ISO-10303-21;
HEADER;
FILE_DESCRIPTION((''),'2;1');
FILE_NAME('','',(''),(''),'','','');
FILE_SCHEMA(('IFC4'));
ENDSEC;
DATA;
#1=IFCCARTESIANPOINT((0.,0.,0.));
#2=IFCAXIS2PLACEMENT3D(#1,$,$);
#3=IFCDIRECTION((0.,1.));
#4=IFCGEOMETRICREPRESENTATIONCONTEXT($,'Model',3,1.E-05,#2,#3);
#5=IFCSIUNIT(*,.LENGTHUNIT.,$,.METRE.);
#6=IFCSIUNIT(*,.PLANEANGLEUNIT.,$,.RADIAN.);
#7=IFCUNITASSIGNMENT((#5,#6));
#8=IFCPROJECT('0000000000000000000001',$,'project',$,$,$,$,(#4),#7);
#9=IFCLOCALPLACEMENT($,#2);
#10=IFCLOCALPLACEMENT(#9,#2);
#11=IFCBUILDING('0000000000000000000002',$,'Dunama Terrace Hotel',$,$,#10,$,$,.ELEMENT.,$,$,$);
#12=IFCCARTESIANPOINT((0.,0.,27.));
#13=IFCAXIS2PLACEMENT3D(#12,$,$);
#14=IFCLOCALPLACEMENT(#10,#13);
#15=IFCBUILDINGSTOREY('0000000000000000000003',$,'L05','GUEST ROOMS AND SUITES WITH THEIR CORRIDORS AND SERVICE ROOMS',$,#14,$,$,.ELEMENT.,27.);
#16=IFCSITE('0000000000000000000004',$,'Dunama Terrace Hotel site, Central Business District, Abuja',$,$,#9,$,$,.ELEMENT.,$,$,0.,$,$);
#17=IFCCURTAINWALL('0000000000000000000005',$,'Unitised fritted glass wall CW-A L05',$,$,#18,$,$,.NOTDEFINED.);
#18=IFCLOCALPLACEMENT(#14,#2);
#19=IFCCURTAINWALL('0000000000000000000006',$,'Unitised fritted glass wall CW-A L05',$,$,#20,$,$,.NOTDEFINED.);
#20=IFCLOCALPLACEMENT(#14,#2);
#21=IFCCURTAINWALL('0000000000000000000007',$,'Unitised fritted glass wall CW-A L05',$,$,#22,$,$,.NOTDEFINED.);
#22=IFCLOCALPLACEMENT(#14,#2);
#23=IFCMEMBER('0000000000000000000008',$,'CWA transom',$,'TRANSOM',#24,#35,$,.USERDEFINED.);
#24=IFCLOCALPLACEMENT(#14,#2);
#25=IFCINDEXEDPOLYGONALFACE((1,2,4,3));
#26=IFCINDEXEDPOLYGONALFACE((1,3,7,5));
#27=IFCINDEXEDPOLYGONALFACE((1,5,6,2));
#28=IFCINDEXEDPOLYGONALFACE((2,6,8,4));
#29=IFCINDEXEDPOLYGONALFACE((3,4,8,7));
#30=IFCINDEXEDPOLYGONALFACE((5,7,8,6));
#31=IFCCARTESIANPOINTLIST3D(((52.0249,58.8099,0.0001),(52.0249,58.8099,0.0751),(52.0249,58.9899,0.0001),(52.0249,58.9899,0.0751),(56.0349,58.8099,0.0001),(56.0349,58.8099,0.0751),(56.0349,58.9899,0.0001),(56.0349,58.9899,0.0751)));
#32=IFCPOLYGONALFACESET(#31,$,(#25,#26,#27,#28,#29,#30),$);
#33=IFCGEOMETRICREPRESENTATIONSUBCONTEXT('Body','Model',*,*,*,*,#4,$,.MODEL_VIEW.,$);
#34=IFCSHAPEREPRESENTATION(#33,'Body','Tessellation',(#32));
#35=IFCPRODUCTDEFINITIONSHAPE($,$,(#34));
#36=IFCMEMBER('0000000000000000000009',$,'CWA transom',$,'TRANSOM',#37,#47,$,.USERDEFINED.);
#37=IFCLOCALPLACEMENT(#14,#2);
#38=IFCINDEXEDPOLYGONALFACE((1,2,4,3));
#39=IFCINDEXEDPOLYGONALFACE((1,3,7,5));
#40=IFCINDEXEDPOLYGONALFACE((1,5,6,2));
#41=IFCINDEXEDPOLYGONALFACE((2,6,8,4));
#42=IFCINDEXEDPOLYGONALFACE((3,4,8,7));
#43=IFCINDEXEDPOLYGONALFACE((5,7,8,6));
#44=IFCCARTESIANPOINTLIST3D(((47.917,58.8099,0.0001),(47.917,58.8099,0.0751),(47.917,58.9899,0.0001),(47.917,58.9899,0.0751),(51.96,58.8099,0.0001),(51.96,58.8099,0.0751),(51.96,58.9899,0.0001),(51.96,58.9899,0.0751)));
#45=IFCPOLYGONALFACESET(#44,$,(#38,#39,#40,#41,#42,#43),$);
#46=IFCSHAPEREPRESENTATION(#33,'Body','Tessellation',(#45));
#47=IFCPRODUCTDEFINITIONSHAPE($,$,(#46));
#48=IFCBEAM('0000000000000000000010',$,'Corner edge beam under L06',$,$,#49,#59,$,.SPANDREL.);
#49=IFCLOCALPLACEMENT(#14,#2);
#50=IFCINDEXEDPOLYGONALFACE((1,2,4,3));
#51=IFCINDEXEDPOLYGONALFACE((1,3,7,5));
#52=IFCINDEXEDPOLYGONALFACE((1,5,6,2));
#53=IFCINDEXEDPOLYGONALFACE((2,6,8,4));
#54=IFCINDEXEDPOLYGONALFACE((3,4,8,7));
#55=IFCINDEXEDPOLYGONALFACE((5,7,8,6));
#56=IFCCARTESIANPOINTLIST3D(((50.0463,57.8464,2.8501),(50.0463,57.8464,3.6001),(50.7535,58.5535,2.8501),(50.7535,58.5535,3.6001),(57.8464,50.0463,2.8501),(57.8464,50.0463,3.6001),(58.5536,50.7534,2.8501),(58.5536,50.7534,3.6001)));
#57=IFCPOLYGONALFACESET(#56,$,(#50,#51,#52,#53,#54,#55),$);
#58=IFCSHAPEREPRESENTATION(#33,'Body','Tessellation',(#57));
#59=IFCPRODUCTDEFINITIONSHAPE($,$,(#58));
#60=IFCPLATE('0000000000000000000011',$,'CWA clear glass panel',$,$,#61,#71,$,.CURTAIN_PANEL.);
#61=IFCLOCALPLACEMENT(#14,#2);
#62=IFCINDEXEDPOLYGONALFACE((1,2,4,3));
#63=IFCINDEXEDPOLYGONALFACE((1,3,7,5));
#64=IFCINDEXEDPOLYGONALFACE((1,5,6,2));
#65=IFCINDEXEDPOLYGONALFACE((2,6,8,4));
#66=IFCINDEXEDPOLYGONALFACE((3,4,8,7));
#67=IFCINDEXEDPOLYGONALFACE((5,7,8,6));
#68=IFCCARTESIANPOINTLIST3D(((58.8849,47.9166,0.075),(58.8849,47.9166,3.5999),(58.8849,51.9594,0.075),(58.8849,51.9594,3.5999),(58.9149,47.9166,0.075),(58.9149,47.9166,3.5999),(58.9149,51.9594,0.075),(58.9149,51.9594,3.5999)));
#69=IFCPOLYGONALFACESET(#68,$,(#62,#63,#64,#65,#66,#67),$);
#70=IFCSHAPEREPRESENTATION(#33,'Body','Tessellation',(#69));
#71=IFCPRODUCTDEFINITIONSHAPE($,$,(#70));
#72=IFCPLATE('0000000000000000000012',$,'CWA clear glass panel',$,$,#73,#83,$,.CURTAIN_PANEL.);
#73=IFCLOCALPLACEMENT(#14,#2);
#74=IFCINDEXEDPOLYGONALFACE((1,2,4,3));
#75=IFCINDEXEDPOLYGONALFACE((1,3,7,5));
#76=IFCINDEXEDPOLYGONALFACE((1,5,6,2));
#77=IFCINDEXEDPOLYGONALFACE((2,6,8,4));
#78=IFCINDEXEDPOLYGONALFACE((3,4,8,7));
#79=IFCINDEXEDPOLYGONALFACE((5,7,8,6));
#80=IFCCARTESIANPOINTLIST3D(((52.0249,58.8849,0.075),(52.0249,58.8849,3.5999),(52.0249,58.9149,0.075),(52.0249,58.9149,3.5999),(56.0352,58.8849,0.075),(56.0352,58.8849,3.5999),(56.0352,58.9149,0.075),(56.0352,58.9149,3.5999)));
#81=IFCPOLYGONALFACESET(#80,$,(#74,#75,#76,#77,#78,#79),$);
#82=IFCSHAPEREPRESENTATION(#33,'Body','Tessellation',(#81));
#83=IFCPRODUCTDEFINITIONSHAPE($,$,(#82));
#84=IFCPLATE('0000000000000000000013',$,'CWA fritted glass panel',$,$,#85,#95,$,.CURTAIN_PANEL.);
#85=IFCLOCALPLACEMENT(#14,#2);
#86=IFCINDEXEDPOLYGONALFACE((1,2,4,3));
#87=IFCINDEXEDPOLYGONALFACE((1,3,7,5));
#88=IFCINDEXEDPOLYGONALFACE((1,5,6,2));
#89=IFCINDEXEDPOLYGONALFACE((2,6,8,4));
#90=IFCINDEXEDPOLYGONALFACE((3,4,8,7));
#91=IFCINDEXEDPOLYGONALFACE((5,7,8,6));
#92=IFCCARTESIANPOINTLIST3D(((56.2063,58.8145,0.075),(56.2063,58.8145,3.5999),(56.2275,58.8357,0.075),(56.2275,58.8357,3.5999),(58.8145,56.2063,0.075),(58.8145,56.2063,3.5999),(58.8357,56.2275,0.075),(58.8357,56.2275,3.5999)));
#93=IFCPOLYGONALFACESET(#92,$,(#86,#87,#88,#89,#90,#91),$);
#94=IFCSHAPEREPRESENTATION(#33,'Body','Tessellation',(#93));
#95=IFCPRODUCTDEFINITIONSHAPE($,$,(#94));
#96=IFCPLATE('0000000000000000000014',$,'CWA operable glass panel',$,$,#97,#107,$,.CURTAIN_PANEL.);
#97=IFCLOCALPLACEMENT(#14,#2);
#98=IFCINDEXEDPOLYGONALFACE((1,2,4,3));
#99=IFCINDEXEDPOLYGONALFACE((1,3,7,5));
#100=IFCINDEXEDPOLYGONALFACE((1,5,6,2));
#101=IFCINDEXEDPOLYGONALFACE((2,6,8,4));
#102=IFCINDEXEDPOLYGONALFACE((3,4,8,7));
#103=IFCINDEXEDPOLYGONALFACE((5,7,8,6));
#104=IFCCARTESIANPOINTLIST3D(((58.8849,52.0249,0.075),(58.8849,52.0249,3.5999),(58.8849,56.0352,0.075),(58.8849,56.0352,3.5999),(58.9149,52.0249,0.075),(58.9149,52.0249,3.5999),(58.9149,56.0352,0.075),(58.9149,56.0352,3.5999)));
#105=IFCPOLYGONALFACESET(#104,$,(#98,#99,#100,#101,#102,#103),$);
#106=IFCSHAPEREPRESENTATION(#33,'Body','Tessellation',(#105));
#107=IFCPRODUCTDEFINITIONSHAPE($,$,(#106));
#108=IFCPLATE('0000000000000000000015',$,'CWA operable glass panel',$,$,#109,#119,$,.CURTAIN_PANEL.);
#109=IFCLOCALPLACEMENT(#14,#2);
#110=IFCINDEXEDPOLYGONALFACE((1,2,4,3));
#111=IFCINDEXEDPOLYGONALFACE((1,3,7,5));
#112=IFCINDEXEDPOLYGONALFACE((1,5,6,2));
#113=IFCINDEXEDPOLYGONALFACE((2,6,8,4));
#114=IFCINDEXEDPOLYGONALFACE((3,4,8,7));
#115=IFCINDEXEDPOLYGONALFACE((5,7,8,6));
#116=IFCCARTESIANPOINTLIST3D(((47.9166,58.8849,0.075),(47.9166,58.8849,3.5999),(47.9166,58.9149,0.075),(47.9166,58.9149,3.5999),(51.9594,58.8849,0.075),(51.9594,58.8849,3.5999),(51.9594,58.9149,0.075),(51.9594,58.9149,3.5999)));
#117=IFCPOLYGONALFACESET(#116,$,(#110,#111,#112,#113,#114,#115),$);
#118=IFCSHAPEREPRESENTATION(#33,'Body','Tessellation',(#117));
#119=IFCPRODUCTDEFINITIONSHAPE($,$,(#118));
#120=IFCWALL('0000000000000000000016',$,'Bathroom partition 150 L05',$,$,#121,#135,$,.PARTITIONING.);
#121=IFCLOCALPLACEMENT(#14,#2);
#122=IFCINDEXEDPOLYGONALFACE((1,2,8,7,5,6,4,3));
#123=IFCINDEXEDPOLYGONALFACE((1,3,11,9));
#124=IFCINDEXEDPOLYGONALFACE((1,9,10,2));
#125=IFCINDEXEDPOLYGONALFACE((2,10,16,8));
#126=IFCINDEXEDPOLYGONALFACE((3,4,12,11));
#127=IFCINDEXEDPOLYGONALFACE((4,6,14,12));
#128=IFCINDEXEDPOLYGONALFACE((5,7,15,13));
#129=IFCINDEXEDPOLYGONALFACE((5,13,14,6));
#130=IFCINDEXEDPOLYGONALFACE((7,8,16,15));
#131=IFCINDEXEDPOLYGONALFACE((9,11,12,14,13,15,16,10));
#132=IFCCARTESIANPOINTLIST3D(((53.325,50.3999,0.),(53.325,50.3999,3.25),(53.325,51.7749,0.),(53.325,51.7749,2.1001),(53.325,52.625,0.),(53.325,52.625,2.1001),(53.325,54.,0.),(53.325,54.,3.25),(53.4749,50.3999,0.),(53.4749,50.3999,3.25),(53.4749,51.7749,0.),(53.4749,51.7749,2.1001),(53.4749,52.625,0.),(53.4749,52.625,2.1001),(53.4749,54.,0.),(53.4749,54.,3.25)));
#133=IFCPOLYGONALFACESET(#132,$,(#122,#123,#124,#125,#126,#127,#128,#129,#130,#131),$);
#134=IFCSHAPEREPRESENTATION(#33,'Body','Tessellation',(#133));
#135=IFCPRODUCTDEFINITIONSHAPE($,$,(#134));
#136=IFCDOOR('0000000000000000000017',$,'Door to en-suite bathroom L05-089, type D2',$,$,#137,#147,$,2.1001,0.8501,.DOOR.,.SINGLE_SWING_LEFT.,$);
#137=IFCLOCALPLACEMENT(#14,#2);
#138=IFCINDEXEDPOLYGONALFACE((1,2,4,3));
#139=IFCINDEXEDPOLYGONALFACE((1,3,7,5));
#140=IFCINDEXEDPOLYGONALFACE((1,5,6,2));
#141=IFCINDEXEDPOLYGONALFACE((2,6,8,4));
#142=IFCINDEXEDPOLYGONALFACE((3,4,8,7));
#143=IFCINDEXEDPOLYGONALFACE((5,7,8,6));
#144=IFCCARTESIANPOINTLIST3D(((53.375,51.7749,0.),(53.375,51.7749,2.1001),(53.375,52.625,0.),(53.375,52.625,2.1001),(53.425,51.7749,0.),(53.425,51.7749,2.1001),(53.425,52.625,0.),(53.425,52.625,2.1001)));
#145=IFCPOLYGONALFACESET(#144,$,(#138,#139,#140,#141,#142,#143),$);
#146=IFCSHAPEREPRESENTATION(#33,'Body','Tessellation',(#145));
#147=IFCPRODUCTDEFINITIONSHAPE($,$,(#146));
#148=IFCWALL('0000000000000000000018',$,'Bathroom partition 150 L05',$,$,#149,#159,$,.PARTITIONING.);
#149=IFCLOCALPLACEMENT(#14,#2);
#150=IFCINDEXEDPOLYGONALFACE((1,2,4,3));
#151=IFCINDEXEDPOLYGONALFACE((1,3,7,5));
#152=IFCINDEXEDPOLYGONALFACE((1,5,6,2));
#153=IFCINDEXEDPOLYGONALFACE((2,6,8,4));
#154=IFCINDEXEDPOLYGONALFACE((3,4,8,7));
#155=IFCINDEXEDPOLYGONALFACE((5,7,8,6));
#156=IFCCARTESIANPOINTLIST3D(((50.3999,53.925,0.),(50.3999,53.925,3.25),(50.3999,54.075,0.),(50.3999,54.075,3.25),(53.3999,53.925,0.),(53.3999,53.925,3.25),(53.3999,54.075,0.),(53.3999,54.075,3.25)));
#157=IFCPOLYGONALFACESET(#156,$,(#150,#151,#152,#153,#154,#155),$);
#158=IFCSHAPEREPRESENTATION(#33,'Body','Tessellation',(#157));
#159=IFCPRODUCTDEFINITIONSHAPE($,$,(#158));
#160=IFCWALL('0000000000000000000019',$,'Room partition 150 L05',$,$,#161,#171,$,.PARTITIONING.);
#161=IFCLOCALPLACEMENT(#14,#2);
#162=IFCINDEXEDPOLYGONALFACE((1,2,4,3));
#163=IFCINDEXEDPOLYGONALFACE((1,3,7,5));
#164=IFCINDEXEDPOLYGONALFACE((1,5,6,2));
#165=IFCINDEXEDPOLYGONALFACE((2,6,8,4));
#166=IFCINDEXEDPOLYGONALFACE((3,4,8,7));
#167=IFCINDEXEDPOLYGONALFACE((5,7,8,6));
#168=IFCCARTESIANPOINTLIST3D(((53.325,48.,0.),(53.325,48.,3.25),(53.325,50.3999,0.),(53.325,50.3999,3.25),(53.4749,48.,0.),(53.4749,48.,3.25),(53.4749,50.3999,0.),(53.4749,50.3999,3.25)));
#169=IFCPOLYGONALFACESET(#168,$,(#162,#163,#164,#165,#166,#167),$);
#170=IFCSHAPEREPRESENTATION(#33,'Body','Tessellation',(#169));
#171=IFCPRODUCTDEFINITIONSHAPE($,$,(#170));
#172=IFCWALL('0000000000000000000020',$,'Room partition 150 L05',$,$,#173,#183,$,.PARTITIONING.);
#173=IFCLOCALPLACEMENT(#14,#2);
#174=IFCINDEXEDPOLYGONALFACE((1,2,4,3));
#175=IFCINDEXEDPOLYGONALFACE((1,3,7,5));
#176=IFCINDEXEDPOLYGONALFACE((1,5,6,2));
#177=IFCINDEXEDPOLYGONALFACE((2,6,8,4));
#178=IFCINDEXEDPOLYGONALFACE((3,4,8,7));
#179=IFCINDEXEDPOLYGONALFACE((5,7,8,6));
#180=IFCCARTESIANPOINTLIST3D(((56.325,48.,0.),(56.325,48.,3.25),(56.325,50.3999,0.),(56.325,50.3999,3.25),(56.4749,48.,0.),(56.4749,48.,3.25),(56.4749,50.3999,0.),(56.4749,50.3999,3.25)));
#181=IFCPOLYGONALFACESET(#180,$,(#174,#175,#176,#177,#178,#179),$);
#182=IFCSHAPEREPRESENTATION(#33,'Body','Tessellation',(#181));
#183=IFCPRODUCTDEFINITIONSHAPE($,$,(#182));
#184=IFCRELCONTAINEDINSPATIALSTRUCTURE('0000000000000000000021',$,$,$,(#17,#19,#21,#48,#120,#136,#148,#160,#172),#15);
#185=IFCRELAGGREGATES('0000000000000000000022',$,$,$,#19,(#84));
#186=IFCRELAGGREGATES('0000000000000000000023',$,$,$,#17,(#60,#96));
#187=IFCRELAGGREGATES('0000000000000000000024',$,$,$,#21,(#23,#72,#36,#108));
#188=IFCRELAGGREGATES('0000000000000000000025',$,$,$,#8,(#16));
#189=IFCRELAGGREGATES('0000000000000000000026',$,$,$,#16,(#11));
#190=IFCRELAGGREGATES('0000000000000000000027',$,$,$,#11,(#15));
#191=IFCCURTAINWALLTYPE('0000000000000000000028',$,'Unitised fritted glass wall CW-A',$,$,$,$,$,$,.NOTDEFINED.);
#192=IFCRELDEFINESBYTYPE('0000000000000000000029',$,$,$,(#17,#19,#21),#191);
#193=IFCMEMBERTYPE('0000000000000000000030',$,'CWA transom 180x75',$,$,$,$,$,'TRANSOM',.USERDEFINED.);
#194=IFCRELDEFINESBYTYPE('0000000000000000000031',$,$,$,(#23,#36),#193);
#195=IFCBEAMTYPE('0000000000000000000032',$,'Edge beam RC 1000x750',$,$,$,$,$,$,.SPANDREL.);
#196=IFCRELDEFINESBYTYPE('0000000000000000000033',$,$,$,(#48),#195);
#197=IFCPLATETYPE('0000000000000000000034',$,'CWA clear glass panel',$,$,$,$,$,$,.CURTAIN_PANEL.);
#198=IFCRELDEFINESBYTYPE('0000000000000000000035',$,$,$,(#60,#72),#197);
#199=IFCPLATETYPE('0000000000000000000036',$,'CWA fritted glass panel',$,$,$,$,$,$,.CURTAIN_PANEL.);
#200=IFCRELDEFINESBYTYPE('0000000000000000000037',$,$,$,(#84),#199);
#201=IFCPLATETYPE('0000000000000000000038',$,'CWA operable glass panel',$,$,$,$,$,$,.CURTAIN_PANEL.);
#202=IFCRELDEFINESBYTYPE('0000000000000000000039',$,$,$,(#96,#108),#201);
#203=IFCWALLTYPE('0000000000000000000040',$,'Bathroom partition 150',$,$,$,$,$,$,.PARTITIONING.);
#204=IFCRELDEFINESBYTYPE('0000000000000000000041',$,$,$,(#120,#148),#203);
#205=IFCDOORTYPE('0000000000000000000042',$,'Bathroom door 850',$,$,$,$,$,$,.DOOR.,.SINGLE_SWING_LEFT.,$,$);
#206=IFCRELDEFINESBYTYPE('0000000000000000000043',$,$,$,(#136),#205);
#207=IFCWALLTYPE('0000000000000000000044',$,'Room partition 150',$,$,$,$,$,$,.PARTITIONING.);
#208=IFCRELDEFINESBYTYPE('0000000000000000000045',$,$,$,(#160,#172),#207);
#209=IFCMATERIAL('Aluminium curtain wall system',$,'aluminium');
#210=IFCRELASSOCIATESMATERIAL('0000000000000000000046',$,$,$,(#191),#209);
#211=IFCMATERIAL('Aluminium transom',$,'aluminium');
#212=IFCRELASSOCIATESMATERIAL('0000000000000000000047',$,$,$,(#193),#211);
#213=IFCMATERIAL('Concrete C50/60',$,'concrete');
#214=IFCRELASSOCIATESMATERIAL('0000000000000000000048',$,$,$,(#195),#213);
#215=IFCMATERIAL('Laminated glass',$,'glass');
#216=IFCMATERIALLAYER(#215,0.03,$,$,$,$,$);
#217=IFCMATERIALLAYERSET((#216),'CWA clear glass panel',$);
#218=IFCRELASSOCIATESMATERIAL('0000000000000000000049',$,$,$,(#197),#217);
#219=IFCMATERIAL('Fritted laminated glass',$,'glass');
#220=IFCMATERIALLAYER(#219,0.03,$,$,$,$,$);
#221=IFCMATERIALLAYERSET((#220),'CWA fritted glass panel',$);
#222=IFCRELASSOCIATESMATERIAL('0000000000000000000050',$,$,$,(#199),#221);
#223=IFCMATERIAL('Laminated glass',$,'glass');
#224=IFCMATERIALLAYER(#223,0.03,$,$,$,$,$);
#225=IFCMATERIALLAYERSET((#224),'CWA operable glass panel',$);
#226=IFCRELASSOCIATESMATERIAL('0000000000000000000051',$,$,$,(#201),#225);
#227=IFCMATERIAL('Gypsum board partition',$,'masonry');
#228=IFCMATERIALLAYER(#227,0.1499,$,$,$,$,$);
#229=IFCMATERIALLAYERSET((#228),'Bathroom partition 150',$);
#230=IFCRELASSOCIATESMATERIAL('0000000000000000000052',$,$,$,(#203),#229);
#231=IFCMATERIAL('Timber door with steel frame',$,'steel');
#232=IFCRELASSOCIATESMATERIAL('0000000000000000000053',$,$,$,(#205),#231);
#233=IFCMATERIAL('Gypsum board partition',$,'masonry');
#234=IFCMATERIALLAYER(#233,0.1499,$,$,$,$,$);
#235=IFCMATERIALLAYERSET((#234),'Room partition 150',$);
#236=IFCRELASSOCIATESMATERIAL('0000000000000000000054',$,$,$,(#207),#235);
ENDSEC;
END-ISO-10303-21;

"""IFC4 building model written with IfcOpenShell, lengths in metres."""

from ifc_helpers import new_model, si_unit, direction, frame, frame_2d, origin, origin_2d, place, context, subcontext, project, spatial, rectangle, extrude, material, layer, layer_set, material_profile, profile_set, type_object, element, fill, aggregate, save


model = new_model("IFC4")

# Units and contexts
model_context = context("Model", 3, precision=1e-05, world=origin(), true_north=direction((0.0, 1.0)))
body_context = subcontext(model_context, "Body", "Model", "MODEL_VIEW")
ifc_project = project(units=[si_unit("LENGTHUNIT", "METRE"), si_unit("PLANEANGLEUNIT", "RADIAN")], contexts=[model_context])

# Site, building, storey
site_placement = place(None, origin())
site = spatial("IfcSite", under=ifc_project, at=site_placement, Name="Dunama Terrace Hotel site, Central Business District, Abuja", CompositionType="ELEMENT", RefElevation=0.0)
building_placement = place(site_placement, origin())
building = spatial("IfcBuilding", under=site, at=building_placement, Name="Dunama Terrace Hotel", CompositionType="ELEMENT")
storey_placement = place(building_placement, frame((0.0, 0.0, 27.0)))
storey = spatial("IfcBuildingStorey", under=building, at=storey_placement, Name="L05", Description="GUEST ROOMS AND SUITES WITH THEIR CORRIDORS AND SERVICE ROOMS", CompositionType="ELEMENT", Elevation=27.0)

# Curtain walls
ifc_material_1 = material(Name="Aluminium curtain wall system", Category="aluminium")
curtain_wall_type = type_object("IfcCurtainWallType", Name="Unitised fritted glass wall CW-A", PredefinedType="NOTDEFINED", material=ifc_material_1)
curtain_wall_1_placement = place(storey_placement, origin())
curtain_wall_1 = element("IfcCurtainWall", 1, at=curtain_wall_1_placement, inside=storey, type_object=curtain_wall_type, Name="Unitised fritted glass wall CW-A L05", PredefinedType="NOTDEFINED")
curtain_wall_2_placement = place(storey_placement, origin())
curtain_wall_2 = element("IfcCurtainWall", 2, at=curtain_wall_2_placement, inside=storey, type_object=curtain_wall_type, Name="Unitised fritted glass wall CW-A L05", PredefinedType="NOTDEFINED")
curtain_wall_3_placement = place(storey_placement, origin())
curtain_wall_3 = element("IfcCurtainWall", 3, at=curtain_wall_3_placement, inside=storey, type_object=curtain_wall_type, Name="Unitised fritted glass wall CW-A L05", PredefinedType="NOTDEFINED")

# Members
ifc_material_2 = material(Name="Aluminium transom", Category="aluminium")
ifc_material_profile_1 = material_profile(ifc_material_2, rectangle(XDim=0.1799, YDim=0.075, at=origin_2d()), Name="CWA TRANSOM 180X75")
ifc_profile_set_1 = profile_set([ifc_material_profile_1], Name="Aluminium transom")
member_type_1 = type_object("IfcMemberType", Name="CWA transom 180x75", ElementType="TRANSOM", PredefinedType="USERDEFINED", material=ifc_profile_set_1)
member_1_placement = place(storey_placement, frame((56.0349, 58.8999, 0.0376), z_axis=(-1.0, 0.0, 0.0), x_axis=(0.0, -1.0, 0.0)))
member_1 = element("IfcMember", 4, at=member_1_placement, type_object=member_type_1, Name="CWA transom", ObjectType="TRANSOM", PredefinedType="USERDEFINED", context=body_context, shape_type="SweptSolid", body=[
    extrude(rectangle(XDim=0.1799, YDim=0.075, at=origin_2d()), origin(), (0.0, 0.0, 1.0), 4.01),
])
member_2_placement = place(storey_placement, frame((51.96, 58.8999, 0.0376), z_axis=(-1.0, 0.0, 0.0), x_axis=(0.0, -1.0, 0.0)))
member_2 = element("IfcMember", 5, at=member_2_placement, type_object=member_type_1, Name="CWA transom", ObjectType="TRANSOM", PredefinedType="USERDEFINED", context=body_context, shape_type="SweptSolid", body=[
    extrude(rectangle(XDim=0.1799, YDim=0.075, at=origin_2d()), origin(), (0.0, 0.0, 1.0), 4.043),
])

# Beam
ifc_material_3 = material(Name="Concrete C50/60", Category="concrete")
ifc_material_profile_2 = material_profile(ifc_material_3, rectangle(XDim=1.0, YDim=0.75, at=origin_2d()), Name="RC 1000x750")
ifc_profile_set_2 = profile_set([ifc_material_profile_2], Name="Concrete C50/60")
beam_type = type_object("IfcBeamType", Name="Edge beam RC 1000x750", PredefinedType="SPANDREL", material=ifc_profile_set_2)
beam_placement = place(storey_placement, frame((50.3999, 58.2, 3.2251), z_axis=(0.707107, -0.707107, 0.0), x_axis=(0.707107, 0.707107, 0.0)))
element("IfcBeam", 6, at=beam_placement, inside=storey, type_object=beam_type, Name="Corner edge beam under L06", PredefinedType="SPANDREL", context=body_context, shape_type="SweptSolid", body=[
    extrude(rectangle(XDim=1.0, YDim=0.75, at=origin_2d()), origin(), (0.0, 0.0, 1.0), 11.031),
])

# Plates
ifc_material_4 = material(Name="Laminated glass", Category="glass")
ifc_layer_1 = layer(ifc_material_4, 0.03)
ifc_layer_set_1 = layer_set([ifc_layer_1], Name="CWA clear glass panel")
plate_type_1 = type_object("IfcPlateType", Name="CWA clear glass panel", PredefinedType="CURTAIN_PANEL", material=ifc_layer_set_1)
plate_1_placement = place(storey_placement, frame((58.8999, 49.938, 0.075), z_axis=(0.0, 0.0, 1.0), x_axis=(0.0, 1.0, 0.0)))
plate_1 = element("IfcPlate", 7, at=plate_1_placement, type_object=plate_type_1, Name="CWA clear glass panel", PredefinedType="CURTAIN_PANEL", context=body_context, shape_type="SweptSolid", body=[
    extrude(rectangle(XDim=4.0427, YDim=0.03, at=origin_2d()), origin(), (0.0, 0.0, 1.0), 3.5249),
])
plate_2_placement = place(storey_placement, frame((54.03, 58.8999, 0.075), z_axis=(0.0, 0.0, 1.0), x_axis=(-1.0, 0.0, 0.0)))
plate_2 = element("IfcPlate", 8, at=plate_2_placement, type_object=plate_type_1, Name="CWA clear glass panel", PredefinedType="CURTAIN_PANEL", context=body_context, shape_type="SweptSolid", body=[
    extrude(rectangle(XDim=4.0103, YDim=0.03, at=origin_2d()), origin(), (0.0, 0.0, 1.0), 3.5249),
])
ifc_material_5 = material(Name="Fritted laminated glass", Category="glass")
ifc_layer_2 = layer(ifc_material_5, 0.03)
ifc_layer_set_2 = layer_set([ifc_layer_2], Name="CWA fritted glass panel")
plate_type_2 = type_object("IfcPlateType", Name="CWA fritted glass panel", PredefinedType="CURTAIN_PANEL", material=ifc_layer_set_2)
plate_3_placement = place(storey_placement, frame((57.521, 57.521, 0.075), z_axis=(0.0, 0.0, 1.0), x_axis=(-0.707107, 0.707107, 0.0)))
plate_3 = element("IfcPlate", 9, at=plate_3_placement, type_object=plate_type_2, Name="CWA fritted glass panel", PredefinedType="CURTAIN_PANEL", context=body_context, shape_type="SweptSolid", body=[
    extrude(rectangle(XDim=3.6885, YDim=0.03, at=origin_2d()), origin(), (0.0, 0.0, 1.0), 3.5249),
])
aggregate(curtain_wall_2, [plate_3])
ifc_material_6 = material(Name="Laminated glass", Category="glass")
ifc_layer_3 = layer(ifc_material_6, 0.03)
ifc_layer_set_3 = layer_set([ifc_layer_3], Name="CWA operable glass panel")
plate_type_3 = type_object("IfcPlateType", Name="CWA operable glass panel", PredefinedType="CURTAIN_PANEL", material=ifc_layer_set_3)
plate_4_placement = place(storey_placement, frame((58.8999, 54.03, 0.075), z_axis=(0.0, 0.0, 1.0), x_axis=(0.0, 1.0, 0.0)))
plate_4 = element("IfcPlate", 10, at=plate_4_placement, type_object=plate_type_3, Name="CWA operable glass panel", PredefinedType="CURTAIN_PANEL", context=body_context, shape_type="SweptSolid", body=[
    extrude(rectangle(XDim=4.0103, YDim=0.03, at=origin_2d()), origin(), (0.0, 0.0, 1.0), 3.5249),
])
aggregate(curtain_wall_1, [plate_1, plate_4])
plate_5_placement = place(storey_placement, frame((49.938, 58.8999, 0.075), z_axis=(0.0, 0.0, 1.0), x_axis=(-1.0, 0.0, 0.0)))
plate_5 = element("IfcPlate", 11, at=plate_5_placement, type_object=plate_type_3, Name="CWA operable glass panel", PredefinedType="CURTAIN_PANEL", context=body_context, shape_type="SweptSolid", body=[
    extrude(rectangle(XDim=4.0427, YDim=0.03, at=origin_2d()), origin(), (0.0, 0.0, 1.0), 3.5249),
])
aggregate(curtain_wall_3, [member_1, plate_2, member_2, plate_5])

# Wall, opening, door
ifc_material_7 = material(Name="Gypsum board partition", Category="masonry")
ifc_layer_4 = layer(ifc_material_7, 0.1499)
ifc_layer_set_4 = layer_set([ifc_layer_4], Name="Bathroom partition 150")
wall_type_1 = type_object("IfcWallType", Name="Bathroom partition 150", PredefinedType="PARTITIONING", material=ifc_layer_set_4)
wall_1_placement = place(storey_placement, frame((53.3999, 50.3999, 0.0), z_axis=(0.0, 0.0, 1.0), x_axis=(0.0, 1.0, 0.0)))
wall_1 = element("IfcWall", 12, at=wall_1_placement, inside=storey, type_object=wall_type_1, Name="Bathroom partition 150 L05", PredefinedType="PARTITIONING", context=body_context, shape_type="SweptSolid", body=[
    extrude(rectangle(XDim=3.6001, YDim=0.1499, at=frame_2d((1.8, 0.0))), origin(), (0.0, 0.0, 1.0), 3.25),
])
opening_1_placement = place(wall_1_placement, frame((1.375, 0.0, 0.0)))
opening_1 = element("IfcOpeningElement", 13, at=opening_1_placement, cuts=wall_1, PredefinedType="OPENING", context=body_context, shape_type="SweptSolid", body=[
    extrude(rectangle(XDim=0.8501, YDim=2.1001, at=frame_2d((0.425, 1.05))), frame((0.0, 0.085, 0.0), z_axis=(0.0, -1.0, 0.0), x_axis=(1.0, 0.0, 0.0)), (0.0, 0.0, 1.0), 0.1699),
])
ifc_material_8 = material(Name="Timber door with steel frame", Category="steel")
door_type_1 = type_object("IfcDoorType", Name="Bathroom door 850", OperationType="SINGLE_SWING_LEFT", PredefinedType="DOOR", material=ifc_material_8)
door_1_placement = place(opening_1_placement, origin())
door_1 = element("IfcDoor", 14, at=door_1_placement, inside=storey, type_object=door_type_1, Name="Door to en-suite bathroom L05-089, type D2", OperationType="SINGLE_SWING_LEFT", OverallHeight=2.1001, OverallWidth=0.8501, PredefinedType="DOOR", context=body_context, shape_type="SweptSolid", body=[
    extrude(rectangle(XDim=0.8501, YDim=2.1001, at=frame_2d((0.425, 1.05))), frame((0.0, 0.0249, 0.0), z_axis=(0.0, -1.0, 0.0), x_axis=(1.0, 0.0, 0.0)), (0.0, 0.0, 1.0), 0.05),
])
fill(opening_1, door_1)

# Walls
wall_2_placement = place(storey_placement, frame((50.3999, 54.0, 0.0), z_axis=(0.0, 0.0, 1.0), x_axis=(1.0, 0.0, 0.0)))
element("IfcWall", 15, at=wall_2_placement, inside=storey, type_object=wall_type_1, Name="Bathroom partition 150 L05", PredefinedType="PARTITIONING", context=body_context, shape_type="SweptSolid", body=[
    extrude(rectangle(XDim=3.0, YDim=0.1499, at=frame_2d((1.5, 0.0))), origin(), (0.0, 0.0, 1.0), 3.25),
])
ifc_material_9 = material(Name="Gypsum board partition", Category="masonry")
ifc_layer_5 = layer(ifc_material_9, 0.1499)
ifc_layer_set_5 = layer_set([ifc_layer_5], Name="Room partition 150")
wall_type_2 = type_object("IfcWallType", Name="Room partition 150", PredefinedType="PARTITIONING", material=ifc_layer_set_5)
for number, where, z_axis, x_axis, name in (
    (16, (53.3999, 48.0, 0.0), (0.0, 0.0, 1.0), (0.0, 1.0, 0.0), "Room partition 150 L05"),
    (17, (56.3999, 48.0, 0.0), (0.0, 0.0, 1.0), (0.0, 1.0, 0.0), "Room partition 150 L05"),
):
    element("IfcWall", number, at=place(storey_placement, frame(where, z_axis=z_axis, x_axis=x_axis)), inside=storey, type_object=wall_type_2, Name=name, PredefinedType="PARTITIONING", context=body_context, shape_type="SweptSolid", body=[
        extrude(rectangle(XDim=2.3999, YDim=0.1499, at=frame_2d((1.2, 0.0))), origin(), (0.0, 0.0, 1.0), 3.25),
    ])

save(model, "model.ifc")
